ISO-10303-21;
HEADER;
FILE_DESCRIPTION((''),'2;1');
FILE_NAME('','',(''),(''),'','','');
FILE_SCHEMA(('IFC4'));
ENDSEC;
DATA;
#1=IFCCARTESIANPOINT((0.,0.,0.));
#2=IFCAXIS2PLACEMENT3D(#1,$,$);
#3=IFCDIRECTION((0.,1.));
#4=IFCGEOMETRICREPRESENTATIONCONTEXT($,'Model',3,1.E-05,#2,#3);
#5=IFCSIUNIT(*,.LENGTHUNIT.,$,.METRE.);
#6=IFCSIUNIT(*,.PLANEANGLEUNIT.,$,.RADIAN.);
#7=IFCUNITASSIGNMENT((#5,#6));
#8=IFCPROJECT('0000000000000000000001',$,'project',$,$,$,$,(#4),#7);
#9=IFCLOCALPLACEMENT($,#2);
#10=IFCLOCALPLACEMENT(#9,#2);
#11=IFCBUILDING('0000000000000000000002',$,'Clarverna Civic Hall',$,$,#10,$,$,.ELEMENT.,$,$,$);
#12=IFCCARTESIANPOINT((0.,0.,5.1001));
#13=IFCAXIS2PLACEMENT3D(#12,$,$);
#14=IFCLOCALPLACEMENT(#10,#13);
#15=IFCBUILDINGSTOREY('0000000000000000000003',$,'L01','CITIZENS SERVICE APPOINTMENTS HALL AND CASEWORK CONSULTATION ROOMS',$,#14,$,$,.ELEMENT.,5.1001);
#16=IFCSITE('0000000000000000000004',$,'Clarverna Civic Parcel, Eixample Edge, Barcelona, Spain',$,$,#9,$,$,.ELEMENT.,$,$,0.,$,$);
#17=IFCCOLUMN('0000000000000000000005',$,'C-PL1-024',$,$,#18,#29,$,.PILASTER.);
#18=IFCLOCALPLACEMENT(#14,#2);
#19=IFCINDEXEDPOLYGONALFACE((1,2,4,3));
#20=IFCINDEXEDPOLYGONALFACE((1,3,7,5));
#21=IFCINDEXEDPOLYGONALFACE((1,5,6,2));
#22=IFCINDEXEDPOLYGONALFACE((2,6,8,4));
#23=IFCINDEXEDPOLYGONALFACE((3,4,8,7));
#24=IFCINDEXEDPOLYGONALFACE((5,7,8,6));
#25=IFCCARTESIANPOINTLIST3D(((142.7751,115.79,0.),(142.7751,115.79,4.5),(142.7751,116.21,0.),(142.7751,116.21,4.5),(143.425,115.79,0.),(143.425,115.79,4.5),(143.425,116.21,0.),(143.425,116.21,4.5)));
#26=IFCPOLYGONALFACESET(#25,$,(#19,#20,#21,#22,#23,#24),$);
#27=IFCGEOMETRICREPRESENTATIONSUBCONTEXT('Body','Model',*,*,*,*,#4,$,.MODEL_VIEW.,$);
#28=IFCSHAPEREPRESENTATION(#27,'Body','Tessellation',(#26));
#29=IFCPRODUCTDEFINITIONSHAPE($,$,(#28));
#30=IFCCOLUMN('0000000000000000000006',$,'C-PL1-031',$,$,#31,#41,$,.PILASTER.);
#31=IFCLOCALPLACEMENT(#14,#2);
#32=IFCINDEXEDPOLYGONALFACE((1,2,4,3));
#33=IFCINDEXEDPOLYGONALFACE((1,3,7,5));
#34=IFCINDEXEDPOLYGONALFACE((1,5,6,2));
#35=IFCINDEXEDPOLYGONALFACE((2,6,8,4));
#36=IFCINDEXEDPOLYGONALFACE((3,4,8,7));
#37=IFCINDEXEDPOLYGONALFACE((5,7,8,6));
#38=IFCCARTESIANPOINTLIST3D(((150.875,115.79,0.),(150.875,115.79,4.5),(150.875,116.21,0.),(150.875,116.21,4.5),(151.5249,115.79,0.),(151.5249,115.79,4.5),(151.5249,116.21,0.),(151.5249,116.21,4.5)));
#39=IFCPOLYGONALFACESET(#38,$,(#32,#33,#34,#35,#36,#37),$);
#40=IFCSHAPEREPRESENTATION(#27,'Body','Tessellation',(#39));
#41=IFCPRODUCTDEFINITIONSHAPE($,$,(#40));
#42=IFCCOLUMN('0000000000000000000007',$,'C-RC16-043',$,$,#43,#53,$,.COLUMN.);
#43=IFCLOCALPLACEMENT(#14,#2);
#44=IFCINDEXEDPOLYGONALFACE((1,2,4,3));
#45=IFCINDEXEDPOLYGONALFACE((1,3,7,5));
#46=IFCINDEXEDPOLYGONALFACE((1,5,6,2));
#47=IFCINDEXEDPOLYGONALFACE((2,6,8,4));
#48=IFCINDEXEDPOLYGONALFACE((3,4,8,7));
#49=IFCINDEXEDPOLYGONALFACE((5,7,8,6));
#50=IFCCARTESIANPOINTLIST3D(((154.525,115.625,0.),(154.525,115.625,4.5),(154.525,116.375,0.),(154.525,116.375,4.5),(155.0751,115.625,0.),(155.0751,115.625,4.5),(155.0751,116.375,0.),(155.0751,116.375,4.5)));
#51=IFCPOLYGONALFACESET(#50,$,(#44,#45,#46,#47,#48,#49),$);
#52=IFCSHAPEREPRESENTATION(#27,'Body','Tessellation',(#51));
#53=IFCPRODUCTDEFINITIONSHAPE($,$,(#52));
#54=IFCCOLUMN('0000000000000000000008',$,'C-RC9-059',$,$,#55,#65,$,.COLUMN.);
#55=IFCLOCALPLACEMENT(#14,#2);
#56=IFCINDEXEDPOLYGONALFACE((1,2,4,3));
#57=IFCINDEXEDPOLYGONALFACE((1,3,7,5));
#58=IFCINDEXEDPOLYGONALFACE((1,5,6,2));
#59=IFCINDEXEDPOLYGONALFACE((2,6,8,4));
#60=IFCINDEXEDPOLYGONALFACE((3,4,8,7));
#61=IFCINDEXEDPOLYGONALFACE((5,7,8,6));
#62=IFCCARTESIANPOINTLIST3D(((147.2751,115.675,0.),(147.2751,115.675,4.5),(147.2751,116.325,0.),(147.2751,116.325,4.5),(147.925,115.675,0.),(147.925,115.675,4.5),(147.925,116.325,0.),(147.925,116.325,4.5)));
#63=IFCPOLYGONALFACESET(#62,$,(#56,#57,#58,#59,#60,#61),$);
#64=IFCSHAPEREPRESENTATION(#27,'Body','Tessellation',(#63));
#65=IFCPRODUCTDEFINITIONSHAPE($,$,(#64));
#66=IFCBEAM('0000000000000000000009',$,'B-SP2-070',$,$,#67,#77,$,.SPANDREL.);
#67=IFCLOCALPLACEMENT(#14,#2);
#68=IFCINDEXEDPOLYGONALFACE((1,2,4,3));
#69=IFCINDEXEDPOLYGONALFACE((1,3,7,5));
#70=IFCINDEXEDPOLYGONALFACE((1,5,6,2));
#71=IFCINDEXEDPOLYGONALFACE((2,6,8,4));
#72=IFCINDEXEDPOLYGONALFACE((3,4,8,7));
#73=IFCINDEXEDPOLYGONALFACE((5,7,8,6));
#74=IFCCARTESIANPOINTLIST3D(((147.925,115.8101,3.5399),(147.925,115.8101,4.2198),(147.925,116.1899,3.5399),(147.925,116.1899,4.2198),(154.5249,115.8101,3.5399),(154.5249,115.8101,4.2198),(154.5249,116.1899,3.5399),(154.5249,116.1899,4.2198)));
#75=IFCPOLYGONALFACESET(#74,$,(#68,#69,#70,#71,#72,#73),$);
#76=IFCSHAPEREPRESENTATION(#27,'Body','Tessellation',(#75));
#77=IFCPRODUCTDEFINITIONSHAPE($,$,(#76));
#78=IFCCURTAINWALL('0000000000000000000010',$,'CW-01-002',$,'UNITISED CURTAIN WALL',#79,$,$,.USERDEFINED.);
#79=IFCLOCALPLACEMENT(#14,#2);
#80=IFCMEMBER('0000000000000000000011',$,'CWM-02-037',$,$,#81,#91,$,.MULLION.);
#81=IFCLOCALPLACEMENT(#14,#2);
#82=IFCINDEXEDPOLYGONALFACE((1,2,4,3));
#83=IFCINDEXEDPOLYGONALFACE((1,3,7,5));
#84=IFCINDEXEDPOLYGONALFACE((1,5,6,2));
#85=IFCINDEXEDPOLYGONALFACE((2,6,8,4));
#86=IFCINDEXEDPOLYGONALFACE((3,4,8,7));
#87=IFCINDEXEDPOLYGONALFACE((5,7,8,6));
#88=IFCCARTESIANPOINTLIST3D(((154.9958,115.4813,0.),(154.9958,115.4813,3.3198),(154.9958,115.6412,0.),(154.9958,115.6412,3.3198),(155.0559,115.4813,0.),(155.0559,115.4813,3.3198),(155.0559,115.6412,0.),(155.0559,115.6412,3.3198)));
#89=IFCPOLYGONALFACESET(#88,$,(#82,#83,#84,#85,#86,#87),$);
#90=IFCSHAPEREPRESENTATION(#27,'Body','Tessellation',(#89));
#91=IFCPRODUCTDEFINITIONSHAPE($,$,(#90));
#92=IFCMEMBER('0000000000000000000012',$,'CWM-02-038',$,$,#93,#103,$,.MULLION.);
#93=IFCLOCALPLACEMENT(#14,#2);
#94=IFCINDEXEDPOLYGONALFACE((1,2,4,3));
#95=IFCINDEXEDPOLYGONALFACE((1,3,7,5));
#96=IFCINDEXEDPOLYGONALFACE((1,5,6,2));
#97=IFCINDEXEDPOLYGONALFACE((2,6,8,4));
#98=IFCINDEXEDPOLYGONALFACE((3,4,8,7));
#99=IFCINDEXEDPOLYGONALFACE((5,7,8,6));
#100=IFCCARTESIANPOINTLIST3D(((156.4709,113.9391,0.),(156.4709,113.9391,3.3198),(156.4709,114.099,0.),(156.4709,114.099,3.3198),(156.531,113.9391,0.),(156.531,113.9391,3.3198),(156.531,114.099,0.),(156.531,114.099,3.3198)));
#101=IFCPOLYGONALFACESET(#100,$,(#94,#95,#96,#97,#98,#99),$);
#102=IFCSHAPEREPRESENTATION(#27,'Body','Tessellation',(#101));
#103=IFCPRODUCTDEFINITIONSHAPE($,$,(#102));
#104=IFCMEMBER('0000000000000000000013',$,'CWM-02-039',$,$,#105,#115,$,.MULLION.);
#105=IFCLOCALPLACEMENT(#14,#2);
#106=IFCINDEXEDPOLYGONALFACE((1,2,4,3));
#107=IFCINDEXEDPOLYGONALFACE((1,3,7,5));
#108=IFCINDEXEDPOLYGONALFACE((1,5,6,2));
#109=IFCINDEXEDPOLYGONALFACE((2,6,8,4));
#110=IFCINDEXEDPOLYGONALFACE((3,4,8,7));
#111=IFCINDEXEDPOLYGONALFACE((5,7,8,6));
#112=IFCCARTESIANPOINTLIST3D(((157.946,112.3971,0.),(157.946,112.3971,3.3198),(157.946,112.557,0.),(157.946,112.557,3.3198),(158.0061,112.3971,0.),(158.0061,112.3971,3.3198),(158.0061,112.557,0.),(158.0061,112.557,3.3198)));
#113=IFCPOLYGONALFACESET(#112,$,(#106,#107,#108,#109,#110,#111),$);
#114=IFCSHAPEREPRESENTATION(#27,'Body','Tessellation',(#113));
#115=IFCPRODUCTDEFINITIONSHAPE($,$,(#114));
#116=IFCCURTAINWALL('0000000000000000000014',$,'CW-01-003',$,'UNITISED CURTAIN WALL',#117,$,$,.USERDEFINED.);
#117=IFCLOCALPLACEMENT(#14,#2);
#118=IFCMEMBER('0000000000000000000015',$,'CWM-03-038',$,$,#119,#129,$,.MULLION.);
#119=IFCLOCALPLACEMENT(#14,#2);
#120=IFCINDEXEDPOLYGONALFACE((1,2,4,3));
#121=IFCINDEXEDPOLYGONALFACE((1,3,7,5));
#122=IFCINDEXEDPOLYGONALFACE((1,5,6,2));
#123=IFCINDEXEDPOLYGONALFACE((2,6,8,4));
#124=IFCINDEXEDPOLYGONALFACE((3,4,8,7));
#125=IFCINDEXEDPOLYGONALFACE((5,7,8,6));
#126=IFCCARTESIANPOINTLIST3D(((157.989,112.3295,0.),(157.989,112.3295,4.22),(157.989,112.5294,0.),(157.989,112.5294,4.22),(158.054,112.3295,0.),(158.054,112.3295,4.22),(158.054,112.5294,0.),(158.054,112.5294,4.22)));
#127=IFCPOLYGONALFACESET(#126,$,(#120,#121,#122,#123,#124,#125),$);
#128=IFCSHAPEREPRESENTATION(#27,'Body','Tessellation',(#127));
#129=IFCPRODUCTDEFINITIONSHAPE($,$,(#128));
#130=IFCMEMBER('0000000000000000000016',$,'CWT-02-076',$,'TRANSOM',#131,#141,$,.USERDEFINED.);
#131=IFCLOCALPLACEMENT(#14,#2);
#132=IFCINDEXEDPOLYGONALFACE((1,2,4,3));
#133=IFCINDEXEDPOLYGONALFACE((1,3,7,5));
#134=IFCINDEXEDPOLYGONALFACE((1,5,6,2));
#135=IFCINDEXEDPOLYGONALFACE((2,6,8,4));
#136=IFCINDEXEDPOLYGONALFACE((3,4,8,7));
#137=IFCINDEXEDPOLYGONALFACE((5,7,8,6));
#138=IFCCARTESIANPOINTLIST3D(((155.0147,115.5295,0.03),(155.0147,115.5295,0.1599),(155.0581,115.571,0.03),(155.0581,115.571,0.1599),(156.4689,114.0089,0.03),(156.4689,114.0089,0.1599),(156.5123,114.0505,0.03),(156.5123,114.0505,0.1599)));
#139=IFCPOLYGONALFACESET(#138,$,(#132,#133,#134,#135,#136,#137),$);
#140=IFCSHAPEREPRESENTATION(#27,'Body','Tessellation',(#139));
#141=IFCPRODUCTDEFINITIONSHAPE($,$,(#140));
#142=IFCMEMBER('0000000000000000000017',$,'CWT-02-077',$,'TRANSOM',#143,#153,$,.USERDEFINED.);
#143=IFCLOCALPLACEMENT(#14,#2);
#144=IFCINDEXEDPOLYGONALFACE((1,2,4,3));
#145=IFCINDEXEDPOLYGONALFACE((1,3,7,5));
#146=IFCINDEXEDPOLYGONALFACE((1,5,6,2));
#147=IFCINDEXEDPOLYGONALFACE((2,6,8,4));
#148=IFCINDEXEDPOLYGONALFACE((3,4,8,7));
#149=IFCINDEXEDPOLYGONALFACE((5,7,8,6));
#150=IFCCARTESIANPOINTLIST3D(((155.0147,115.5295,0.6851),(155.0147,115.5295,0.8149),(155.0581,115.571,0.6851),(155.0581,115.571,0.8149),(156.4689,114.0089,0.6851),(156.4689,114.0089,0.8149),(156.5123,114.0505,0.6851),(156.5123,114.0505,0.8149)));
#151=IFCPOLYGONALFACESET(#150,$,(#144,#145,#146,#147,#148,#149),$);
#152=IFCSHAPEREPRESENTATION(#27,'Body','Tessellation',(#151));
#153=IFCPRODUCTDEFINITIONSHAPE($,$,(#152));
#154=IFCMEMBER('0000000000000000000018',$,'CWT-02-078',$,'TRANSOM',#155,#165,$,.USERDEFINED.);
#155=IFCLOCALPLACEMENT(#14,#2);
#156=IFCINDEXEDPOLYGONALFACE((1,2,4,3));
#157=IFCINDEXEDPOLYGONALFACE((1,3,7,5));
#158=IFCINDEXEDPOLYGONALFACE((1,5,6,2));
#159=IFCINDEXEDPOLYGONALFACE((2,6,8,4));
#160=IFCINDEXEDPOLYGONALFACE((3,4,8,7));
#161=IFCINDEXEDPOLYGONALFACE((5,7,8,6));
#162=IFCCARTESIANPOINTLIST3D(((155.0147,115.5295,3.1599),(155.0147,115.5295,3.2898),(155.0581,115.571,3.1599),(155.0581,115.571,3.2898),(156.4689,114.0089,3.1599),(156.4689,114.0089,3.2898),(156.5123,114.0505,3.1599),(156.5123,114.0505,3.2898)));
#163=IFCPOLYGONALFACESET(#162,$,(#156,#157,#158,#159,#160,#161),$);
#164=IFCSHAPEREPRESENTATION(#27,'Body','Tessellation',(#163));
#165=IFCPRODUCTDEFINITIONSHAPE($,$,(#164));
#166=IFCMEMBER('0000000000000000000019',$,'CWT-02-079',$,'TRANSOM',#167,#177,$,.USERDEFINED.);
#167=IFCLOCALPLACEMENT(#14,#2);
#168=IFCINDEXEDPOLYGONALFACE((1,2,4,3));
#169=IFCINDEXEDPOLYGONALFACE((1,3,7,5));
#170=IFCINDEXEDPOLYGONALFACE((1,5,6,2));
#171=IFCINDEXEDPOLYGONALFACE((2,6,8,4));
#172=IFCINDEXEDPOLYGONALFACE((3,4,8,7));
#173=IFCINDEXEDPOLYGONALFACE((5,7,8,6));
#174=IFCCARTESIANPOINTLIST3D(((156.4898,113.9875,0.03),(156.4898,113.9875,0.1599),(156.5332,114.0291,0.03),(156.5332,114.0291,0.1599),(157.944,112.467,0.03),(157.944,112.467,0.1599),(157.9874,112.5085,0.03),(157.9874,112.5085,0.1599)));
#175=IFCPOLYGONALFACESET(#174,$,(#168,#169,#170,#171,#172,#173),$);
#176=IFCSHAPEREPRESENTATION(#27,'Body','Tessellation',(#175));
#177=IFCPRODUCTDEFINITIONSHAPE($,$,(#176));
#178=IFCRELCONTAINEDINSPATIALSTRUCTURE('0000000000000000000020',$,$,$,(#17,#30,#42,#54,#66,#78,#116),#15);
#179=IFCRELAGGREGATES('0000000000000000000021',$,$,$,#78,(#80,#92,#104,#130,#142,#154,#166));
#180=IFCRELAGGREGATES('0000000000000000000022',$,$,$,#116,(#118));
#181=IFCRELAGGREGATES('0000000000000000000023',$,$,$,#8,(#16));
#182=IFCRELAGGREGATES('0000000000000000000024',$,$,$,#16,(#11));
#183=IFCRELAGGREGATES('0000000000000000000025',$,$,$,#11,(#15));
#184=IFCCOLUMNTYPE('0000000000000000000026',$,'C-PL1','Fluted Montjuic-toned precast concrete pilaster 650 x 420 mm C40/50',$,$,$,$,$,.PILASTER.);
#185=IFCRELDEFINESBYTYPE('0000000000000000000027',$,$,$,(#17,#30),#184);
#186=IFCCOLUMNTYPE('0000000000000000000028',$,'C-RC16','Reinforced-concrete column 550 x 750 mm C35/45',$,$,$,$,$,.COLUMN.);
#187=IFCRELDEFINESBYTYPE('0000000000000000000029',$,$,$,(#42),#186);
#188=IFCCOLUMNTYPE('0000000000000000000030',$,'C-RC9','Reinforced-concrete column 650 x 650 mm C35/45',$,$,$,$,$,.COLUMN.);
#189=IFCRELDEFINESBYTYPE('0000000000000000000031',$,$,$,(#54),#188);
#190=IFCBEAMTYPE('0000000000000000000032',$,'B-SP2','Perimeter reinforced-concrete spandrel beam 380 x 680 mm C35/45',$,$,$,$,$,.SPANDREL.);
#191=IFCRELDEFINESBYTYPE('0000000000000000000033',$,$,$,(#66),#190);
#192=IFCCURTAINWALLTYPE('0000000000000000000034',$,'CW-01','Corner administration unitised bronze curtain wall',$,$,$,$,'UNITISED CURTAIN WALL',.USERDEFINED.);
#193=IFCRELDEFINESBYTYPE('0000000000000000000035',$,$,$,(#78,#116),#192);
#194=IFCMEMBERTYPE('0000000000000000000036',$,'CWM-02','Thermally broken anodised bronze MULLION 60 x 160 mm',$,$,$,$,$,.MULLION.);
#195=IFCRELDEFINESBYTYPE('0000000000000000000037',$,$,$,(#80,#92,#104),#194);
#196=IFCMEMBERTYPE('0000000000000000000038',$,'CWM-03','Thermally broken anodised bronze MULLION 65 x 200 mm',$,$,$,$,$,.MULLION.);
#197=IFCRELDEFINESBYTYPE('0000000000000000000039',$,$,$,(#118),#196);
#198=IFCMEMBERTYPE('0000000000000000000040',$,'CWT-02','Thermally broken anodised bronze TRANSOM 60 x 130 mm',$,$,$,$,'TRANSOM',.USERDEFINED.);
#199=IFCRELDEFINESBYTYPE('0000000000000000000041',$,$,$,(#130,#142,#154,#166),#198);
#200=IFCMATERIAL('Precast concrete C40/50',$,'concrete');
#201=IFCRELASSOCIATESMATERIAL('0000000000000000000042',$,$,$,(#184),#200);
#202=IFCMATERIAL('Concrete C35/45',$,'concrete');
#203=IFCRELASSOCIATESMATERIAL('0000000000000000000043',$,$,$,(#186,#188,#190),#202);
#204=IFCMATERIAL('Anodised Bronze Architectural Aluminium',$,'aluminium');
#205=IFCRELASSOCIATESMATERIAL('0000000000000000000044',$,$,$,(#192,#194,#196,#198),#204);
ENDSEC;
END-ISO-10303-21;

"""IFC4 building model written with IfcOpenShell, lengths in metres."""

from ifc_helpers import new_model, si_unit, direction, frame, origin, origin_2d, place, context, subcontext, project, spatial, rectangle, extrude, material, material_profile, profile_set, type_object, element, aggregate, save


model = new_model("IFC4")

# Units and contexts
model_context = context("Model", 3, precision=1e-05, world=origin(), true_north=direction((0.0, 1.0)))
body_context = subcontext(model_context, "Body", "Model", "MODEL_VIEW")
ifc_project = project(units=[si_unit("LENGTHUNIT", "METRE"), si_unit("PLANEANGLEUNIT", "RADIAN")], contexts=[model_context])

# Site, building, storey
site_placement = place(None, origin())
site = spatial("IfcSite", under=ifc_project, at=site_placement, Name="Clarverna Civic Parcel, Eixample Edge, Barcelona, Spain", CompositionType="ELEMENT", RefElevation=0.0)
building_placement = place(site_placement, origin())
building = spatial("IfcBuilding", under=site, at=building_placement, Name="Clarverna Civic Hall", CompositionType="ELEMENT")
storey_placement = place(building_placement, frame((0.0, 0.0, 5.1001)))
storey = spatial("IfcBuildingStorey", under=building, at=storey_placement, Name="L01", Description="CITIZENS SERVICE APPOINTMENTS HALL AND CASEWORK CONSULTATION ROOMS", CompositionType="ELEMENT", Elevation=5.1001)

# Columns
ifc_material_1 = material(Name="Precast concrete C40/50", Category="concrete")
ifc_material_profile_1 = material_profile(ifc_material_1, rectangle(XDim=0.6499, YDim=0.4199, at=origin_2d()), Name="PILASTER 650x420")
ifc_profile_set_1 = profile_set([ifc_material_profile_1], Name="Precast concrete C40/50")
column_type_1 = type_object("IfcColumnType", Name="C-PL1", Description="Fluted Montjuic-toned precast concrete pilaster 650 x 420 mm C40/50", PredefinedType="PILASTER", material=ifc_profile_set_1)
for number, where, z_axis, x_axis, name in (
    (1, (143.1001, 116.0, 0.0), (0.0, 0.0, 1.0), (1.0, 0.0, 0.0), "C-PL1-024"),
    (2, (151.2, 116.0, 0.0), (0.0, 0.0, 1.0), (1.0, 0.0, 0.0), "C-PL1-031"),
):
    element("IfcColumn", number, at=place(storey_placement, frame(where, z_axis=z_axis, x_axis=x_axis)), inside=storey, type_object=column_type_1, Name=name, PredefinedType="PILASTER", context=body_context, shape_type="SweptSolid", body=[
        extrude(rectangle(XDim=0.6499, YDim=0.4199, at=origin_2d()), origin(), (0.0, 0.0, 1.0), 4.5),
    ])
ifc_material_2 = material(Name="Concrete C35/45", Category="concrete")
ifc_material_profile_2 = material_profile(ifc_material_2, rectangle(XDim=0.55, YDim=0.75, at=origin_2d()), Name="RC 550x750")
ifc_profile_set_2 = profile_set([ifc_material_profile_2], Name="Concrete C35/45")
column_type_2 = type_object("IfcColumnType", Name="C-RC16", Description="Reinforced-concrete column 550 x 750 mm C35/45", PredefinedType="COLUMN", material=ifc_profile_set_2)
column_1_placement = place(storey_placement, frame((154.8, 116.0, 0.0), z_axis=(0.0, 0.0, 1.0), x_axis=(1.0, 0.0, 0.0)))
element("IfcColumn", 3, at=column_1_placement, inside=storey, type_object=column_type_2, Name="C-RC16-043", PredefinedType="COLUMN", context=body_context, shape_type="SweptSolid", body=[
    extrude(rectangle(XDim=0.55, YDim=0.75, at=origin_2d()), origin(), (0.0, 0.0, 1.0), 4.5),
])
ifc_material_profile_3 = material_profile(ifc_material_2, rectangle(XDim=0.6499, YDim=0.6499, at=origin_2d()), Name="RC 650x650")
ifc_profile_set_3 = profile_set([ifc_material_profile_3], Name="Concrete C35/45")
column_type_3 = type_object("IfcColumnType", Name="C-RC9", Description="Reinforced-concrete column 650 x 650 mm C35/45", PredefinedType="COLUMN", material=ifc_profile_set_3)
column_2_placement = place(storey_placement, frame((147.6001, 116.0, 0.0), z_axis=(0.0, 0.0, 1.0), x_axis=(1.0, 0.0, 0.0)))
element("IfcColumn", 4, at=column_2_placement, inside=storey, type_object=column_type_3, Name="C-RC9-059", PredefinedType="COLUMN", context=body_context, shape_type="SweptSolid", body=[
    extrude(rectangle(XDim=0.6499, YDim=0.6499, at=origin_2d()), origin(), (0.0, 0.0, 1.0), 4.5),
])

# Beam
ifc_material_profile_4 = material_profile(ifc_material_2, rectangle(XDim=0.3799, YDim=0.6799, at=origin_2d()), Name="RC 380x680")
ifc_profile_set_4 = profile_set([ifc_material_profile_4], Name="Concrete C35/45")
beam_type = type_object("IfcBeamType", Name="B-SP2", Description="Perimeter reinforced-concrete spandrel beam 380 x 680 mm C35/45", PredefinedType="SPANDREL", material=ifc_profile_set_4)
beam_placement = place(storey_placement, frame((147.925, 116.0, 3.8799), z_axis=(1.0, 0.0, 0.0), x_axis=(0.0, 1.0, 0.0)))
element("IfcBeam", 5, at=beam_placement, inside=storey, type_object=beam_type, Name="B-SP2-070", PredefinedType="SPANDREL", context=body_context, shape_type="SweptSolid", body=[
    extrude(rectangle(XDim=0.3799, YDim=0.6799, at=origin_2d()), origin(), (0.0, 0.0, 1.0), 6.5999),
])

# Curtain wall, members
ifc_material_3 = material(Name="Anodised Bronze Architectural Aluminium", Category="aluminium")
curtain_wall_type = type_object("IfcCurtainWallType", Name="CW-01", Description="Corner administration unitised bronze curtain wall", ElementType="UNITISED CURTAIN WALL", PredefinedType="USERDEFINED", material=ifc_material_3)
curtain_wall_1_placement = place(storey_placement, origin())
curtain_wall_1 = element("IfcCurtainWall", 6, at=curtain_wall_1_placement, inside=storey, type_object=curtain_wall_type, Name="CW-01-002", ObjectType="UNITISED CURTAIN WALL", PredefinedType="USERDEFINED")
ifc_material_profile_5 = material_profile(ifc_material_3, rectangle(XDim=0.0601, YDim=0.1599, at=origin_2d()), Name="BRONZE 60x160")
ifc_profile_set_5 = profile_set([ifc_material_profile_5], Name="Anodised Bronze Architectural Aluminium")
member_type_1 = type_object("IfcMemberType", Name="CWM-02", Description="Thermally broken anodised bronze MULLION 60 x 160 mm", PredefinedType="MULLION", material=ifc_profile_set_5)
member_1_placement = place(storey_placement, frame((155.0259, 115.5613, 0.0), z_axis=(0.0, 0.0, 1.0), x_axis=(1.0, 0.0, 0.0)))
member_1 = element("IfcMember", 7, at=member_1_placement, type_object=member_type_1, Name="CWM-02-037", PredefinedType="MULLION", context=body_context, shape_type="SweptSolid", body=[
    extrude(rectangle(XDim=0.0601, YDim=0.1599, at=origin_2d()), origin(), (0.0, 0.0, 1.0), 3.3198),
])
member_2_placement = place(storey_placement, frame((156.501, 114.019, 0.0), z_axis=(0.0, 0.0, 1.0), x_axis=(1.0, 0.0, 0.0)))
member_2 = element("IfcMember", 8, at=member_2_placement, type_object=member_type_1, Name="CWM-02-038", PredefinedType="MULLION", context=body_context, shape_type="SweptSolid", body=[
    extrude(rectangle(XDim=0.0601, YDim=0.1599, at=origin_2d()), origin(), (0.0, 0.0, 1.0), 3.3198),
])
member_3_placement = place(storey_placement, frame((157.9761, 112.4771, 0.0), z_axis=(0.0, 0.0, 1.0), x_axis=(1.0, 0.0, 0.0)))
member_3 = element("IfcMember", 9, at=member_3_placement, type_object=member_type_1, Name="CWM-02-039", PredefinedType="MULLION", context=body_context, shape_type="SweptSolid", body=[
    extrude(rectangle(XDim=0.0601, YDim=0.1599, at=origin_2d()), origin(), (0.0, 0.0, 1.0), 3.3198),
])

# Curtain wall, member
curtain_wall_2_placement = place(storey_placement, origin())
curtain_wall_2 = element("IfcCurtainWall", 10, at=curtain_wall_2_placement, inside=storey, type_object=curtain_wall_type, Name="CW-01-003", ObjectType="UNITISED CURTAIN WALL", PredefinedType="USERDEFINED")
ifc_material_profile_6 = material_profile(ifc_material_3, rectangle(XDim=0.0649, YDim=0.2, at=origin_2d()), Name="BRONZE 65x200")
ifc_profile_set_6 = profile_set([ifc_material_profile_6], Name="Anodised Bronze Architectural Aluminium")
member_type_2 = type_object("IfcMemberType", Name="CWM-03", Description="Thermally broken anodised bronze MULLION 65 x 200 mm", PredefinedType="MULLION", material=ifc_profile_set_6)
member_4_placement = place(storey_placement, frame((158.0215, 112.4294, 0.0), z_axis=(0.0, 0.0, 1.0), x_axis=(1.0, 0.0, 0.0)))
member_4 = element("IfcMember", 11, at=member_4_placement, type_object=member_type_2, Name="CWM-03-038", PredefinedType="MULLION", context=body_context, shape_type="SweptSolid", body=[
    extrude(rectangle(XDim=0.0649, YDim=0.2, at=origin_2d()), origin(), (0.0, 0.0, 1.0), 4.22),
])

# Members
ifc_material_profile_7 = material_profile(ifc_material_3, rectangle(XDim=0.0601, YDim=0.1299, at=origin_2d()), Name="BRONZE 60x130")
ifc_profile_set_7 = profile_set([ifc_material_profile_7], Name="Anodised Bronze Architectural Aluminium")
member_type_3 = type_object("IfcMemberType", Name="CWT-02", Description="Thermally broken anodised bronze TRANSOM 60 x 130 mm", ElementType="TRANSOM", PredefinedType="USERDEFINED", material=ifc_profile_set_7)
member_5_placement = place(storey_placement, frame((155.0364, 115.5503, 0.095), z_axis=(0.691149, -0.722712, 0.0), x_axis=(0.722712, 0.691149, 0.0)))
member_5 = element("IfcMember", 12, at=member_5_placement, type_object=member_type_3, Name="CWT-02-076", ObjectType="TRANSOM", PredefinedType="USERDEFINED", context=body_context, shape_type="SweptSolid", body=[
    extrude(rectangle(XDim=0.0601, YDim=0.1299, at=origin_2d()), origin(), (0.0, 0.0, 1.0), 2.104),
])
member_6_placement = place(storey_placement, frame((155.0364, 115.5503, 0.75), z_axis=(0.691149, -0.722712, 0.0), x_axis=(0.722712, 0.691149, 0.0)))
member_6 = element("IfcMember", 13, at=member_6_placement, type_object=member_type_3, Name="CWT-02-077", ObjectType="TRANSOM", PredefinedType="USERDEFINED", context=body_context, shape_type="SweptSolid", body=[
    extrude(rectangle(XDim=0.0601, YDim=0.1299, at=origin_2d()), origin(), (0.0, 0.0, 1.0), 2.104),
])
member_7_placement = place(storey_placement, frame((155.0364, 115.5503, 3.2249), z_axis=(0.691149, -0.722712, 0.0), x_axis=(0.722712, 0.691149, 0.0)))
member_7 = element("IfcMember", 14, at=member_7_placement, type_object=member_type_3, Name="CWT-02-078", ObjectType="TRANSOM", PredefinedType="USERDEFINED", context=body_context, shape_type="SweptSolid", body=[
    extrude(rectangle(XDim=0.0601, YDim=0.1299, at=origin_2d()), origin(), (0.0, 0.0, 1.0), 2.104),
])
member_8_placement = place(storey_placement, frame((156.5115, 114.0083, 0.095), z_axis=(0.691149, -0.722712, 0.0), x_axis=(0.722712, 0.691149, 0.0)))
member_8 = element("IfcMember", 15, at=member_8_placement, type_object=member_type_3, Name="CWT-02-079", ObjectType="TRANSOM", PredefinedType="USERDEFINED", context=body_context, shape_type="SweptSolid", body=[
    extrude(rectangle(XDim=0.0601, YDim=0.1299, at=origin_2d()), origin(), (0.0, 0.0, 1.0), 2.104),
])

aggregate(curtain_wall_1, [member_1, member_2, member_3, member_5, member_6, member_7, member_8])
aggregate(curtain_wall_2, [member_4])

save(model, "model.ifc")
